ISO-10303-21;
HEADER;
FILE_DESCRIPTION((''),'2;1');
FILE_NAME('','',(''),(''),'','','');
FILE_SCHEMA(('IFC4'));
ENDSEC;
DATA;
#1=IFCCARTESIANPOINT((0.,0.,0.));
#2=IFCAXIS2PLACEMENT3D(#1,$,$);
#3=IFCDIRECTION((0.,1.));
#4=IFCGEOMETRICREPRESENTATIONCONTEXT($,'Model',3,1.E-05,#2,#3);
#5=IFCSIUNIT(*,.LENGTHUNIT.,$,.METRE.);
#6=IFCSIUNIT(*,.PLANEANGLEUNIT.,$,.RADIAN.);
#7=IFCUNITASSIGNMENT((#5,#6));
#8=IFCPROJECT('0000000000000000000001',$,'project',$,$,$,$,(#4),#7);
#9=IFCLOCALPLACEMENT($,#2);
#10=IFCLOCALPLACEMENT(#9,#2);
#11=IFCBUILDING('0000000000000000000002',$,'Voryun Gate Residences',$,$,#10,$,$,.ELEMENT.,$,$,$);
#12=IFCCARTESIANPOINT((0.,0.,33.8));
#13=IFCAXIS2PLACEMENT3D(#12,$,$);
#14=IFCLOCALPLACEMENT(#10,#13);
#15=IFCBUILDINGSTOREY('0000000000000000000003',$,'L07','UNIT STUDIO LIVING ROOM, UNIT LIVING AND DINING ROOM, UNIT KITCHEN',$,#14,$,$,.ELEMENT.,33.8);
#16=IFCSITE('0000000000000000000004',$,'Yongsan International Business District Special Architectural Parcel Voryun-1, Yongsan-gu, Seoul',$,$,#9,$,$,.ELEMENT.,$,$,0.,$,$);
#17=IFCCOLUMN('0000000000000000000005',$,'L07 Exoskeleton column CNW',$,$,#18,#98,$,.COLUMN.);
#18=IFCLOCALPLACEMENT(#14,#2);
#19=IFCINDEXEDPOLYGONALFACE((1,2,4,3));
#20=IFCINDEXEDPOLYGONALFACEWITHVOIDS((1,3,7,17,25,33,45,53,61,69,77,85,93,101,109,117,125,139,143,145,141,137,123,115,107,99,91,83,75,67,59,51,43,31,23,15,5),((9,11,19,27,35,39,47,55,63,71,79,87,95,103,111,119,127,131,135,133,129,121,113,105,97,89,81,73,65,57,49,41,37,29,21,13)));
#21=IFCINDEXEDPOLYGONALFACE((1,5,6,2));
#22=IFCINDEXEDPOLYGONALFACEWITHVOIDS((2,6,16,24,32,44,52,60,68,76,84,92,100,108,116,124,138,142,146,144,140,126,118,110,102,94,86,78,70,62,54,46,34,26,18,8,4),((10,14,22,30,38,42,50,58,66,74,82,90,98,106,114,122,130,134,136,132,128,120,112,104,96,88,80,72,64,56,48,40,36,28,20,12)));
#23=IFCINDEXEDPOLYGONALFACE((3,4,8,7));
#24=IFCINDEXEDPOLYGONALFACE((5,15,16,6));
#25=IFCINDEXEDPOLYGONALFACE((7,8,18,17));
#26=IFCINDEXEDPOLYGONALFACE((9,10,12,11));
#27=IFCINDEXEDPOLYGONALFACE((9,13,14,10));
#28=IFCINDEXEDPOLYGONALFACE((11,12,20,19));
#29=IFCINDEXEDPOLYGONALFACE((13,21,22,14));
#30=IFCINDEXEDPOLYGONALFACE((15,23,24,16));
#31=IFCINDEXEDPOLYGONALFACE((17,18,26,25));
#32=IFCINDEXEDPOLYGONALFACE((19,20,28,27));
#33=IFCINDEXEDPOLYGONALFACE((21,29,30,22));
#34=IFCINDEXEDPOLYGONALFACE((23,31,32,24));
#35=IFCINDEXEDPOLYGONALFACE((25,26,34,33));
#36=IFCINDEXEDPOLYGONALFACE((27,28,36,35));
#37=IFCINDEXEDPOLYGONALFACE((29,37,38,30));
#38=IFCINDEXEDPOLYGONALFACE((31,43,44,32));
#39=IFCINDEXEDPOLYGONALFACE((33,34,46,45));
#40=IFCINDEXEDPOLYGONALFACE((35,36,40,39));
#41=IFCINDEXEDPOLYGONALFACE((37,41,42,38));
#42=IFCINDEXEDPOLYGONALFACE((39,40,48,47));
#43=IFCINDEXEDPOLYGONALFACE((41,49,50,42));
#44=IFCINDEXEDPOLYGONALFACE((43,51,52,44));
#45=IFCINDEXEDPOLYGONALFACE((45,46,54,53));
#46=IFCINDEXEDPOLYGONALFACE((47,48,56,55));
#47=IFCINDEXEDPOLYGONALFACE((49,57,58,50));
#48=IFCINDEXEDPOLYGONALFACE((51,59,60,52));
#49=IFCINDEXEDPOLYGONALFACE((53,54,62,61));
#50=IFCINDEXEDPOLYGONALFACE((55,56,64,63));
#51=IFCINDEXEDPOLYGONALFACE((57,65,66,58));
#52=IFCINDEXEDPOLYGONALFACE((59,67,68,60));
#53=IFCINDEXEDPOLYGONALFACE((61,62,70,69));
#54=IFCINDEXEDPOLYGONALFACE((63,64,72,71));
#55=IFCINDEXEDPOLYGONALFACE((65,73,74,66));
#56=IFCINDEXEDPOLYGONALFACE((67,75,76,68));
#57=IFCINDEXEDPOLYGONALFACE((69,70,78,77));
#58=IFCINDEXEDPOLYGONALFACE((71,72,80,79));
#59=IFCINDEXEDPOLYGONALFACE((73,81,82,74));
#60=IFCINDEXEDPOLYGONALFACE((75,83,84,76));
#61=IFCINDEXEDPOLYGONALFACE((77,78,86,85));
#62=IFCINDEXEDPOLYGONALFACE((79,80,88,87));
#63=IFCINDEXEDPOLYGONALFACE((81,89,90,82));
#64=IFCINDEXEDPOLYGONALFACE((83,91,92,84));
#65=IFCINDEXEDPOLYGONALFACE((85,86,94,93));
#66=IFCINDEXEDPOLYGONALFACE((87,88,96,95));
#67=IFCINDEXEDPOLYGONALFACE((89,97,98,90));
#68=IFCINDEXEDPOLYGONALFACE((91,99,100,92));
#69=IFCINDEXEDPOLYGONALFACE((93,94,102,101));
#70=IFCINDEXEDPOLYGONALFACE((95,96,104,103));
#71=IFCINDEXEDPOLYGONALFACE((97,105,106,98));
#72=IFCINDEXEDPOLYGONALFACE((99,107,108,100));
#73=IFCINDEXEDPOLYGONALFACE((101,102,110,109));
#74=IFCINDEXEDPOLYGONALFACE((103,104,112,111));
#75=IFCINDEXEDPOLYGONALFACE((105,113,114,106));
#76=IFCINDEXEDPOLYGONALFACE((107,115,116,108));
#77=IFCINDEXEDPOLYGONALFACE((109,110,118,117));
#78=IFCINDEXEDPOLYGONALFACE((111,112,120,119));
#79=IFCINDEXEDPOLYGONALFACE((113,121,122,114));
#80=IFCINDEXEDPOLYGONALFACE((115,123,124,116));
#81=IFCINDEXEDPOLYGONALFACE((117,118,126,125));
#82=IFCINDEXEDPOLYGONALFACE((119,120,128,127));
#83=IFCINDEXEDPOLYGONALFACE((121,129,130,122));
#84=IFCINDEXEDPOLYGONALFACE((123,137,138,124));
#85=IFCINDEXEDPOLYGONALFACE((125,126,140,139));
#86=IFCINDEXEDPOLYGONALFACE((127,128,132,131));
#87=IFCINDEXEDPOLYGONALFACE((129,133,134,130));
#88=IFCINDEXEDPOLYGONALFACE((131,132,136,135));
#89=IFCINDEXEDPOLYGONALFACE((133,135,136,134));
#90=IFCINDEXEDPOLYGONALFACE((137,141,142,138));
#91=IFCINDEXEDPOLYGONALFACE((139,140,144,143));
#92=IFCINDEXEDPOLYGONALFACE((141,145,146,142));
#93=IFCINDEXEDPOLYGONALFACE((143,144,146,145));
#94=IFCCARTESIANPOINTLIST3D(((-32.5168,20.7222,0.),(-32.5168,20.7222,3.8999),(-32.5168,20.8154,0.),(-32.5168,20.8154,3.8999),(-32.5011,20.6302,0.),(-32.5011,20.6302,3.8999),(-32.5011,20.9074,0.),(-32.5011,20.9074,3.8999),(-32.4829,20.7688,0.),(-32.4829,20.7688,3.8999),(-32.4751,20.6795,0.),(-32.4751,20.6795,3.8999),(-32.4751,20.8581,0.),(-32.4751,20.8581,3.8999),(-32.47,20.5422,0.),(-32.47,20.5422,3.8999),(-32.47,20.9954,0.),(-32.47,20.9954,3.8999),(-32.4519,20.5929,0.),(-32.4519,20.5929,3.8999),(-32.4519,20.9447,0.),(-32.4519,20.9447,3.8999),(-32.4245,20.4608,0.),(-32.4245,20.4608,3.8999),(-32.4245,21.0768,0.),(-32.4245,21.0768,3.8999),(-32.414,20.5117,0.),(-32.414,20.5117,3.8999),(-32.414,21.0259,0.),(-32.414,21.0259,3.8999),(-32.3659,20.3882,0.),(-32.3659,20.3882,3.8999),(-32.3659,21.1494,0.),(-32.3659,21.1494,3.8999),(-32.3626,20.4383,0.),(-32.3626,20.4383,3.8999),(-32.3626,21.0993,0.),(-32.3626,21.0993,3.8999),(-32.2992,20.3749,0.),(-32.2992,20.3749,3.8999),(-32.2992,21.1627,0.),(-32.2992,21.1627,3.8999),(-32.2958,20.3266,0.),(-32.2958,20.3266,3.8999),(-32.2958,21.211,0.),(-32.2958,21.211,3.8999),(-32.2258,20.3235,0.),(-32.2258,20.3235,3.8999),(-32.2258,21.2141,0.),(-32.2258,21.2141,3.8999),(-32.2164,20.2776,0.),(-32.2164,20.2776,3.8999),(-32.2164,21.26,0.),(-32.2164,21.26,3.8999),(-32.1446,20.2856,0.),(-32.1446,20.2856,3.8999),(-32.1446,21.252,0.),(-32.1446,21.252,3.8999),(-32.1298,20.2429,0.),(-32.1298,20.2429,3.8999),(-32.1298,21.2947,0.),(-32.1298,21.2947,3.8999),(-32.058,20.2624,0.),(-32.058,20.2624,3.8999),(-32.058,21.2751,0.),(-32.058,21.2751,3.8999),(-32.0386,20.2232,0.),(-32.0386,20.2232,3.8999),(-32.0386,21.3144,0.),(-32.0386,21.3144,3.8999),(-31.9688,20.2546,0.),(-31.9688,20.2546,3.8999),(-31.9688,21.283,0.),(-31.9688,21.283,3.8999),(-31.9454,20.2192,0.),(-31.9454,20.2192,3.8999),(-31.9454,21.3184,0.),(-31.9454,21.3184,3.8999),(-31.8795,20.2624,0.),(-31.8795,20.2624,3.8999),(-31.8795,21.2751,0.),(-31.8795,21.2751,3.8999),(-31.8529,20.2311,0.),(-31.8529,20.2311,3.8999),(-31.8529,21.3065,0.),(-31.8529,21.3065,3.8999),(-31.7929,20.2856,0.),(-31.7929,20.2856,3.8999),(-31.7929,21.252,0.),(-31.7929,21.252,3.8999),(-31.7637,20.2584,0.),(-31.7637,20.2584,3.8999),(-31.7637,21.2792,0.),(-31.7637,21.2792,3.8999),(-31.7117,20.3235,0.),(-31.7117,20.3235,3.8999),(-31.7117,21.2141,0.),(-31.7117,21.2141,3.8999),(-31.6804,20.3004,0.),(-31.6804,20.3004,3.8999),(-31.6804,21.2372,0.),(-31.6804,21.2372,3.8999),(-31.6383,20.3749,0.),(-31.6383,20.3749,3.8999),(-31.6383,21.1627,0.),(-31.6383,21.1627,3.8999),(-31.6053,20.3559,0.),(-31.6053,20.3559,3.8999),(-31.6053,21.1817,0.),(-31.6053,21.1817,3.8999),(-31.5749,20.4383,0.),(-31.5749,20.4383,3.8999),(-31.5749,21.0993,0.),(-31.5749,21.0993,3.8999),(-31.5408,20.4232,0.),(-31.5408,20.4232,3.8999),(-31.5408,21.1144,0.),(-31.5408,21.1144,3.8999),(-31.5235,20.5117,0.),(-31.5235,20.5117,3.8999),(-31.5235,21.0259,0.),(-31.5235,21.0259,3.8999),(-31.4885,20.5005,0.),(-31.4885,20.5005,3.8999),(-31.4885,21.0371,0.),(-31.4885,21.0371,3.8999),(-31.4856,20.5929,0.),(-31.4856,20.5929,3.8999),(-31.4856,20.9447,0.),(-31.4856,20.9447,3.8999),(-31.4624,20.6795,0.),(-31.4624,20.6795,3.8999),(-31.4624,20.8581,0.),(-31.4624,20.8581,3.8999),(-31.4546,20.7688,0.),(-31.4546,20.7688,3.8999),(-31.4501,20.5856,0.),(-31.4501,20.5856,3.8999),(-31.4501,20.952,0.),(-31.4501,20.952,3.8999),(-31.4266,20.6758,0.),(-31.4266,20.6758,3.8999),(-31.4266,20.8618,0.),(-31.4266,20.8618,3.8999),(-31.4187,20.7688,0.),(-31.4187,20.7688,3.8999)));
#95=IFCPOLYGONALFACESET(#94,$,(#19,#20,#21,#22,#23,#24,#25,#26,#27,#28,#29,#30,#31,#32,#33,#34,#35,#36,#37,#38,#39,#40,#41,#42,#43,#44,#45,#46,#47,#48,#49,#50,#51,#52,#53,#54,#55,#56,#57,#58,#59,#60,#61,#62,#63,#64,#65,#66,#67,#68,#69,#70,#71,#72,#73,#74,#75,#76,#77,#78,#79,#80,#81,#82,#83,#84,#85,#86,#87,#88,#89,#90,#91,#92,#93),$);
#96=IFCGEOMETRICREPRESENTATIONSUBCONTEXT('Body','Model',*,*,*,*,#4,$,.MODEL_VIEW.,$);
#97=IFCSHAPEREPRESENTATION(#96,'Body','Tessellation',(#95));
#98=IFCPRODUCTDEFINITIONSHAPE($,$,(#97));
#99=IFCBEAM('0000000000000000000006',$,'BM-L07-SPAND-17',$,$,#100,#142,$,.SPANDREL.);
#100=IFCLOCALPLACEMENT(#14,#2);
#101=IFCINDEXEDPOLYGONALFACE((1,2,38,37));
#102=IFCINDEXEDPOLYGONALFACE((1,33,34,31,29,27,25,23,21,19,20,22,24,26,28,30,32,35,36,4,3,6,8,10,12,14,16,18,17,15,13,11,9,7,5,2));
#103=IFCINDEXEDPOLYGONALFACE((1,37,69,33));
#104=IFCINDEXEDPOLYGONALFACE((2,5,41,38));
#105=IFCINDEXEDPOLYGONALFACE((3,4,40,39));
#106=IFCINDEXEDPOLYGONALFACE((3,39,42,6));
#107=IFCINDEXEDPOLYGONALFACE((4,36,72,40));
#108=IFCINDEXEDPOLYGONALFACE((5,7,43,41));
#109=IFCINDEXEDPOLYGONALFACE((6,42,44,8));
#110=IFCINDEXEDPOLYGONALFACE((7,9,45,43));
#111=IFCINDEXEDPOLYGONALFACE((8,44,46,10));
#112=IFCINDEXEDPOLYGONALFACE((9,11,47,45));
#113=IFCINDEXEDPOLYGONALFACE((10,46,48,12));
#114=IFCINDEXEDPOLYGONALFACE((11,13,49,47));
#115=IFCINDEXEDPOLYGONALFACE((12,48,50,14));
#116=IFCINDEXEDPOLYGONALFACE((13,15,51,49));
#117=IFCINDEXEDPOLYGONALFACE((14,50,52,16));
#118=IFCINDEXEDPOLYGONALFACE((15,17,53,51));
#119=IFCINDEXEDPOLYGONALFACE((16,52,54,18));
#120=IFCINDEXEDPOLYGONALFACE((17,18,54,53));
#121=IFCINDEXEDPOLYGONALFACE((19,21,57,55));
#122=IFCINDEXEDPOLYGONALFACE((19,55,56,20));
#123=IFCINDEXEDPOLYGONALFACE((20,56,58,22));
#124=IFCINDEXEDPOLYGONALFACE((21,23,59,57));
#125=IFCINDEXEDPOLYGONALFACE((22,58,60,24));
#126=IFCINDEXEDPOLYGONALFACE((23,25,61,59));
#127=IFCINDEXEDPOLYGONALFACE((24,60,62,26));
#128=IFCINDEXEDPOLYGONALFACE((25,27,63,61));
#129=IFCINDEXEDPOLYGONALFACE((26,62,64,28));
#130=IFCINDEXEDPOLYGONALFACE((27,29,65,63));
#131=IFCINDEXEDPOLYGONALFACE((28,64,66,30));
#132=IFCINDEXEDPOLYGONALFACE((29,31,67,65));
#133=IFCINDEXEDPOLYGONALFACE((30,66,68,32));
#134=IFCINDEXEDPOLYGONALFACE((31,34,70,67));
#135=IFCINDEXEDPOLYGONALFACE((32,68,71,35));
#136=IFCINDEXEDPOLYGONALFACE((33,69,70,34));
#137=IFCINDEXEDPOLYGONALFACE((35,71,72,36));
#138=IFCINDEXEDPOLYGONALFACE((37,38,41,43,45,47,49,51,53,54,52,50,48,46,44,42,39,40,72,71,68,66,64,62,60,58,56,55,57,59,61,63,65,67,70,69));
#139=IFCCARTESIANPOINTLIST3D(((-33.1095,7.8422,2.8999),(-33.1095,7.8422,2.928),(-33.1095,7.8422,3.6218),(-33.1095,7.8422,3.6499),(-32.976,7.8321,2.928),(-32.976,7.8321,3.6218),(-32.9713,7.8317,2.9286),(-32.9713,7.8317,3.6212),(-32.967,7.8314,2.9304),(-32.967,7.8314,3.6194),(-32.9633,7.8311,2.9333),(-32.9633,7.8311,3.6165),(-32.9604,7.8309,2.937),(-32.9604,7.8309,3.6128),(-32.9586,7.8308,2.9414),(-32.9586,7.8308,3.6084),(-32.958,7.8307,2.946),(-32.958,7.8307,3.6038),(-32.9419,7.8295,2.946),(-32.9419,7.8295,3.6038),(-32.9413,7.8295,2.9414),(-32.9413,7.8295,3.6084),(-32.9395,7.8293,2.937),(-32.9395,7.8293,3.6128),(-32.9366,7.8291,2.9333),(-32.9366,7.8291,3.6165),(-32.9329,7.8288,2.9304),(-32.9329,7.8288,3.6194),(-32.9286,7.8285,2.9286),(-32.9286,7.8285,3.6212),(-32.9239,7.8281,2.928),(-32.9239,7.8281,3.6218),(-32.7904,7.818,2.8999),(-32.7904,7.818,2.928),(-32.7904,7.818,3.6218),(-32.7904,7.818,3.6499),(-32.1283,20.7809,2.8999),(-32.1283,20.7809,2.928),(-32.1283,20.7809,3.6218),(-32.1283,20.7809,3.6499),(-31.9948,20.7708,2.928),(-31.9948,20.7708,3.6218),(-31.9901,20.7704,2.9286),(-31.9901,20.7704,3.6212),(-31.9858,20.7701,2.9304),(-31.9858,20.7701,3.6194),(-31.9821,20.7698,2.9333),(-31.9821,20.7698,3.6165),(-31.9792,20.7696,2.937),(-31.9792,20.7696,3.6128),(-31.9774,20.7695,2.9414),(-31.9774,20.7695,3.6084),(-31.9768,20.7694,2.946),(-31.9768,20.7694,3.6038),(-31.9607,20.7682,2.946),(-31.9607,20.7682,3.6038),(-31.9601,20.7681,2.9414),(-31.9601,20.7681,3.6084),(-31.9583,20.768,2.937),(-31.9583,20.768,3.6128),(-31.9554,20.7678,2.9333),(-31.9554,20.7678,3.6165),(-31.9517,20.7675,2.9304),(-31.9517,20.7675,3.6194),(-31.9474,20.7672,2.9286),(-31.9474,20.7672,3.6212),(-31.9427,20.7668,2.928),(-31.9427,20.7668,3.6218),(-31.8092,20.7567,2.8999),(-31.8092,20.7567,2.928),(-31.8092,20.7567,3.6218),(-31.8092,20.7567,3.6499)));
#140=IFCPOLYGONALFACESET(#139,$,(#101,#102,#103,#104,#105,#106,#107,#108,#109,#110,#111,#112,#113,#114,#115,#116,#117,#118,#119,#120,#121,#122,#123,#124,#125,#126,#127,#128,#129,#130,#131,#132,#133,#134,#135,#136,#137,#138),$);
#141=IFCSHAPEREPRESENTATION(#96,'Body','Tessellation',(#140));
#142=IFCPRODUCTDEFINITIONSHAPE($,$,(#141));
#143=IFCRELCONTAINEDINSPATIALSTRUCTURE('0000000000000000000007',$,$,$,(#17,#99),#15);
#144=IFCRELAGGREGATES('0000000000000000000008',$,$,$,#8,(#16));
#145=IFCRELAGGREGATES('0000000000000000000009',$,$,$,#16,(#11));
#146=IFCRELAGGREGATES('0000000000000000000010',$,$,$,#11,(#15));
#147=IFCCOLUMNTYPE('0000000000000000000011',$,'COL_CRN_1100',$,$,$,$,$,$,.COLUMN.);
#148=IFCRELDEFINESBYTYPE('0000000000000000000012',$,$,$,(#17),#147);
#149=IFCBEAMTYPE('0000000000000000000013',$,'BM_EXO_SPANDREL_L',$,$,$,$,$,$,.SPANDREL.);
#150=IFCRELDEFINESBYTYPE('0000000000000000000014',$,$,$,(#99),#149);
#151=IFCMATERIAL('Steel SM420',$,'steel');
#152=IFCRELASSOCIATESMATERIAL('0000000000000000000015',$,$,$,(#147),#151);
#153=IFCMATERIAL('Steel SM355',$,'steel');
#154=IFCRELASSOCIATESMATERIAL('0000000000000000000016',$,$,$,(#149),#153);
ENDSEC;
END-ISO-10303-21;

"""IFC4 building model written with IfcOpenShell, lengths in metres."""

from ifc_helpers import new_model, si_unit, direction, frame, origin, origin_2d, place, context, subcontext, project, spatial, hollow_circle, i_section, extrude, material, material_profile, profile_set, type_object, element, save


model = new_model("IFC4")

# Units and contexts
model_context = context("Model", 3, precision=1e-05, world=origin(), true_north=direction((0.0, 1.0)))
body_context = subcontext(model_context, "Body", "Model", "MODEL_VIEW")
ifc_project = project(units=[si_unit("LENGTHUNIT", "METRE"), si_unit("PLANEANGLEUNIT", "RADIAN")], contexts=[model_context])

# Site, building, storey
site_placement = place(None, origin())
site = spatial("IfcSite", under=ifc_project, at=site_placement, Name="Yongsan International Business District Special Architectural Parcel Voryun-1, Yongsan-gu, Seoul", CompositionType="ELEMENT", RefElevation=0.0)
building_placement = place(site_placement, origin())
building = spatial("IfcBuilding", under=site, at=building_placement, Name="Voryun Gate Residences", CompositionType="ELEMENT")
storey_placement = place(building_placement, frame((0.0, 0.0, 33.8)))
storey = spatial("IfcBuildingStorey", under=building, at=storey_placement, Name="L07", Description="UNIT STUDIO LIVING ROOM, UNIT LIVING AND DINING ROOM, UNIT KITCHEN", CompositionType="ELEMENT", Elevation=33.8)

# Column
ifc_material_1 = material(Name="Steel SM420", Category="steel")
ifc_material_profile_1 = material_profile(ifc_material_1, hollow_circle(Radius=0.55, WallThickness=0.0359, at=origin_2d()), Name="CHS-1100x36")
ifc_profile_set_1 = profile_set([ifc_material_profile_1], Name="Steel SM420")
column_type = type_object("IfcColumnType", Name="COL_CRN_1100", PredefinedType="COLUMN", material=ifc_profile_set_1)
column_placement = place(storey_placement, frame((-31.9688, 20.7688, 0.0), z_axis=(0.0, 0.0, 1.0), x_axis=(1.0, 0.0, 0.0)))
element("IfcColumn", 1, at=column_placement, inside=storey, type_object=column_type, Name="L07 Exoskeleton column CNW", PredefinedType="COLUMN", context=body_context, shape_type="SweptSolid", body=[
    extrude(hollow_circle(Radius=0.55, WallThickness=0.0359, at=origin_2d()), origin(), (0.0, 0.0, 1.0), 3.8999),
])

# Beam
ifc_material_2 = material(Name="Steel SM355", Category="steel")
ifc_material_profile_2 = material_profile(ifc_material_2, i_section(OverallWidth=0.3201, OverallDepth=0.75, WebThickness=0.0161, FlangeThickness=0.0281, FilletRadius=0.0181, at=origin_2d()), Name="H-750x320x16x28")
ifc_profile_set_2 = profile_set([ifc_material_profile_2], Name="Steel SM355")
beam_type = type_object("IfcBeamType", Name="BM_EXO_SPANDREL_L", PredefinedType="SPANDREL", material=ifc_profile_set_2)
beam_placement = place(storey_placement, frame((-31.9688, 20.7688, 3.2749), z_axis=(-0.075617, -0.997137, 0.0), x_axis=(0.997137, -0.075617, 0.0)))
element("IfcBeam", 2, at=beam_placement, inside=storey, type_object=beam_type, Name="BM-L07-SPAND-17", PredefinedType="SPANDREL", context=body_context, shape_type="SweptSolid", body=[
    extrude(i_section(OverallWidth=0.3201, OverallDepth=0.75, WebThickness=0.0161, FlangeThickness=0.0281, FilletRadius=0.0181, at=origin_2d()), origin(), (0.0, 0.0, 1.0), 12.9758),
])

save(model, "model.ifc")
